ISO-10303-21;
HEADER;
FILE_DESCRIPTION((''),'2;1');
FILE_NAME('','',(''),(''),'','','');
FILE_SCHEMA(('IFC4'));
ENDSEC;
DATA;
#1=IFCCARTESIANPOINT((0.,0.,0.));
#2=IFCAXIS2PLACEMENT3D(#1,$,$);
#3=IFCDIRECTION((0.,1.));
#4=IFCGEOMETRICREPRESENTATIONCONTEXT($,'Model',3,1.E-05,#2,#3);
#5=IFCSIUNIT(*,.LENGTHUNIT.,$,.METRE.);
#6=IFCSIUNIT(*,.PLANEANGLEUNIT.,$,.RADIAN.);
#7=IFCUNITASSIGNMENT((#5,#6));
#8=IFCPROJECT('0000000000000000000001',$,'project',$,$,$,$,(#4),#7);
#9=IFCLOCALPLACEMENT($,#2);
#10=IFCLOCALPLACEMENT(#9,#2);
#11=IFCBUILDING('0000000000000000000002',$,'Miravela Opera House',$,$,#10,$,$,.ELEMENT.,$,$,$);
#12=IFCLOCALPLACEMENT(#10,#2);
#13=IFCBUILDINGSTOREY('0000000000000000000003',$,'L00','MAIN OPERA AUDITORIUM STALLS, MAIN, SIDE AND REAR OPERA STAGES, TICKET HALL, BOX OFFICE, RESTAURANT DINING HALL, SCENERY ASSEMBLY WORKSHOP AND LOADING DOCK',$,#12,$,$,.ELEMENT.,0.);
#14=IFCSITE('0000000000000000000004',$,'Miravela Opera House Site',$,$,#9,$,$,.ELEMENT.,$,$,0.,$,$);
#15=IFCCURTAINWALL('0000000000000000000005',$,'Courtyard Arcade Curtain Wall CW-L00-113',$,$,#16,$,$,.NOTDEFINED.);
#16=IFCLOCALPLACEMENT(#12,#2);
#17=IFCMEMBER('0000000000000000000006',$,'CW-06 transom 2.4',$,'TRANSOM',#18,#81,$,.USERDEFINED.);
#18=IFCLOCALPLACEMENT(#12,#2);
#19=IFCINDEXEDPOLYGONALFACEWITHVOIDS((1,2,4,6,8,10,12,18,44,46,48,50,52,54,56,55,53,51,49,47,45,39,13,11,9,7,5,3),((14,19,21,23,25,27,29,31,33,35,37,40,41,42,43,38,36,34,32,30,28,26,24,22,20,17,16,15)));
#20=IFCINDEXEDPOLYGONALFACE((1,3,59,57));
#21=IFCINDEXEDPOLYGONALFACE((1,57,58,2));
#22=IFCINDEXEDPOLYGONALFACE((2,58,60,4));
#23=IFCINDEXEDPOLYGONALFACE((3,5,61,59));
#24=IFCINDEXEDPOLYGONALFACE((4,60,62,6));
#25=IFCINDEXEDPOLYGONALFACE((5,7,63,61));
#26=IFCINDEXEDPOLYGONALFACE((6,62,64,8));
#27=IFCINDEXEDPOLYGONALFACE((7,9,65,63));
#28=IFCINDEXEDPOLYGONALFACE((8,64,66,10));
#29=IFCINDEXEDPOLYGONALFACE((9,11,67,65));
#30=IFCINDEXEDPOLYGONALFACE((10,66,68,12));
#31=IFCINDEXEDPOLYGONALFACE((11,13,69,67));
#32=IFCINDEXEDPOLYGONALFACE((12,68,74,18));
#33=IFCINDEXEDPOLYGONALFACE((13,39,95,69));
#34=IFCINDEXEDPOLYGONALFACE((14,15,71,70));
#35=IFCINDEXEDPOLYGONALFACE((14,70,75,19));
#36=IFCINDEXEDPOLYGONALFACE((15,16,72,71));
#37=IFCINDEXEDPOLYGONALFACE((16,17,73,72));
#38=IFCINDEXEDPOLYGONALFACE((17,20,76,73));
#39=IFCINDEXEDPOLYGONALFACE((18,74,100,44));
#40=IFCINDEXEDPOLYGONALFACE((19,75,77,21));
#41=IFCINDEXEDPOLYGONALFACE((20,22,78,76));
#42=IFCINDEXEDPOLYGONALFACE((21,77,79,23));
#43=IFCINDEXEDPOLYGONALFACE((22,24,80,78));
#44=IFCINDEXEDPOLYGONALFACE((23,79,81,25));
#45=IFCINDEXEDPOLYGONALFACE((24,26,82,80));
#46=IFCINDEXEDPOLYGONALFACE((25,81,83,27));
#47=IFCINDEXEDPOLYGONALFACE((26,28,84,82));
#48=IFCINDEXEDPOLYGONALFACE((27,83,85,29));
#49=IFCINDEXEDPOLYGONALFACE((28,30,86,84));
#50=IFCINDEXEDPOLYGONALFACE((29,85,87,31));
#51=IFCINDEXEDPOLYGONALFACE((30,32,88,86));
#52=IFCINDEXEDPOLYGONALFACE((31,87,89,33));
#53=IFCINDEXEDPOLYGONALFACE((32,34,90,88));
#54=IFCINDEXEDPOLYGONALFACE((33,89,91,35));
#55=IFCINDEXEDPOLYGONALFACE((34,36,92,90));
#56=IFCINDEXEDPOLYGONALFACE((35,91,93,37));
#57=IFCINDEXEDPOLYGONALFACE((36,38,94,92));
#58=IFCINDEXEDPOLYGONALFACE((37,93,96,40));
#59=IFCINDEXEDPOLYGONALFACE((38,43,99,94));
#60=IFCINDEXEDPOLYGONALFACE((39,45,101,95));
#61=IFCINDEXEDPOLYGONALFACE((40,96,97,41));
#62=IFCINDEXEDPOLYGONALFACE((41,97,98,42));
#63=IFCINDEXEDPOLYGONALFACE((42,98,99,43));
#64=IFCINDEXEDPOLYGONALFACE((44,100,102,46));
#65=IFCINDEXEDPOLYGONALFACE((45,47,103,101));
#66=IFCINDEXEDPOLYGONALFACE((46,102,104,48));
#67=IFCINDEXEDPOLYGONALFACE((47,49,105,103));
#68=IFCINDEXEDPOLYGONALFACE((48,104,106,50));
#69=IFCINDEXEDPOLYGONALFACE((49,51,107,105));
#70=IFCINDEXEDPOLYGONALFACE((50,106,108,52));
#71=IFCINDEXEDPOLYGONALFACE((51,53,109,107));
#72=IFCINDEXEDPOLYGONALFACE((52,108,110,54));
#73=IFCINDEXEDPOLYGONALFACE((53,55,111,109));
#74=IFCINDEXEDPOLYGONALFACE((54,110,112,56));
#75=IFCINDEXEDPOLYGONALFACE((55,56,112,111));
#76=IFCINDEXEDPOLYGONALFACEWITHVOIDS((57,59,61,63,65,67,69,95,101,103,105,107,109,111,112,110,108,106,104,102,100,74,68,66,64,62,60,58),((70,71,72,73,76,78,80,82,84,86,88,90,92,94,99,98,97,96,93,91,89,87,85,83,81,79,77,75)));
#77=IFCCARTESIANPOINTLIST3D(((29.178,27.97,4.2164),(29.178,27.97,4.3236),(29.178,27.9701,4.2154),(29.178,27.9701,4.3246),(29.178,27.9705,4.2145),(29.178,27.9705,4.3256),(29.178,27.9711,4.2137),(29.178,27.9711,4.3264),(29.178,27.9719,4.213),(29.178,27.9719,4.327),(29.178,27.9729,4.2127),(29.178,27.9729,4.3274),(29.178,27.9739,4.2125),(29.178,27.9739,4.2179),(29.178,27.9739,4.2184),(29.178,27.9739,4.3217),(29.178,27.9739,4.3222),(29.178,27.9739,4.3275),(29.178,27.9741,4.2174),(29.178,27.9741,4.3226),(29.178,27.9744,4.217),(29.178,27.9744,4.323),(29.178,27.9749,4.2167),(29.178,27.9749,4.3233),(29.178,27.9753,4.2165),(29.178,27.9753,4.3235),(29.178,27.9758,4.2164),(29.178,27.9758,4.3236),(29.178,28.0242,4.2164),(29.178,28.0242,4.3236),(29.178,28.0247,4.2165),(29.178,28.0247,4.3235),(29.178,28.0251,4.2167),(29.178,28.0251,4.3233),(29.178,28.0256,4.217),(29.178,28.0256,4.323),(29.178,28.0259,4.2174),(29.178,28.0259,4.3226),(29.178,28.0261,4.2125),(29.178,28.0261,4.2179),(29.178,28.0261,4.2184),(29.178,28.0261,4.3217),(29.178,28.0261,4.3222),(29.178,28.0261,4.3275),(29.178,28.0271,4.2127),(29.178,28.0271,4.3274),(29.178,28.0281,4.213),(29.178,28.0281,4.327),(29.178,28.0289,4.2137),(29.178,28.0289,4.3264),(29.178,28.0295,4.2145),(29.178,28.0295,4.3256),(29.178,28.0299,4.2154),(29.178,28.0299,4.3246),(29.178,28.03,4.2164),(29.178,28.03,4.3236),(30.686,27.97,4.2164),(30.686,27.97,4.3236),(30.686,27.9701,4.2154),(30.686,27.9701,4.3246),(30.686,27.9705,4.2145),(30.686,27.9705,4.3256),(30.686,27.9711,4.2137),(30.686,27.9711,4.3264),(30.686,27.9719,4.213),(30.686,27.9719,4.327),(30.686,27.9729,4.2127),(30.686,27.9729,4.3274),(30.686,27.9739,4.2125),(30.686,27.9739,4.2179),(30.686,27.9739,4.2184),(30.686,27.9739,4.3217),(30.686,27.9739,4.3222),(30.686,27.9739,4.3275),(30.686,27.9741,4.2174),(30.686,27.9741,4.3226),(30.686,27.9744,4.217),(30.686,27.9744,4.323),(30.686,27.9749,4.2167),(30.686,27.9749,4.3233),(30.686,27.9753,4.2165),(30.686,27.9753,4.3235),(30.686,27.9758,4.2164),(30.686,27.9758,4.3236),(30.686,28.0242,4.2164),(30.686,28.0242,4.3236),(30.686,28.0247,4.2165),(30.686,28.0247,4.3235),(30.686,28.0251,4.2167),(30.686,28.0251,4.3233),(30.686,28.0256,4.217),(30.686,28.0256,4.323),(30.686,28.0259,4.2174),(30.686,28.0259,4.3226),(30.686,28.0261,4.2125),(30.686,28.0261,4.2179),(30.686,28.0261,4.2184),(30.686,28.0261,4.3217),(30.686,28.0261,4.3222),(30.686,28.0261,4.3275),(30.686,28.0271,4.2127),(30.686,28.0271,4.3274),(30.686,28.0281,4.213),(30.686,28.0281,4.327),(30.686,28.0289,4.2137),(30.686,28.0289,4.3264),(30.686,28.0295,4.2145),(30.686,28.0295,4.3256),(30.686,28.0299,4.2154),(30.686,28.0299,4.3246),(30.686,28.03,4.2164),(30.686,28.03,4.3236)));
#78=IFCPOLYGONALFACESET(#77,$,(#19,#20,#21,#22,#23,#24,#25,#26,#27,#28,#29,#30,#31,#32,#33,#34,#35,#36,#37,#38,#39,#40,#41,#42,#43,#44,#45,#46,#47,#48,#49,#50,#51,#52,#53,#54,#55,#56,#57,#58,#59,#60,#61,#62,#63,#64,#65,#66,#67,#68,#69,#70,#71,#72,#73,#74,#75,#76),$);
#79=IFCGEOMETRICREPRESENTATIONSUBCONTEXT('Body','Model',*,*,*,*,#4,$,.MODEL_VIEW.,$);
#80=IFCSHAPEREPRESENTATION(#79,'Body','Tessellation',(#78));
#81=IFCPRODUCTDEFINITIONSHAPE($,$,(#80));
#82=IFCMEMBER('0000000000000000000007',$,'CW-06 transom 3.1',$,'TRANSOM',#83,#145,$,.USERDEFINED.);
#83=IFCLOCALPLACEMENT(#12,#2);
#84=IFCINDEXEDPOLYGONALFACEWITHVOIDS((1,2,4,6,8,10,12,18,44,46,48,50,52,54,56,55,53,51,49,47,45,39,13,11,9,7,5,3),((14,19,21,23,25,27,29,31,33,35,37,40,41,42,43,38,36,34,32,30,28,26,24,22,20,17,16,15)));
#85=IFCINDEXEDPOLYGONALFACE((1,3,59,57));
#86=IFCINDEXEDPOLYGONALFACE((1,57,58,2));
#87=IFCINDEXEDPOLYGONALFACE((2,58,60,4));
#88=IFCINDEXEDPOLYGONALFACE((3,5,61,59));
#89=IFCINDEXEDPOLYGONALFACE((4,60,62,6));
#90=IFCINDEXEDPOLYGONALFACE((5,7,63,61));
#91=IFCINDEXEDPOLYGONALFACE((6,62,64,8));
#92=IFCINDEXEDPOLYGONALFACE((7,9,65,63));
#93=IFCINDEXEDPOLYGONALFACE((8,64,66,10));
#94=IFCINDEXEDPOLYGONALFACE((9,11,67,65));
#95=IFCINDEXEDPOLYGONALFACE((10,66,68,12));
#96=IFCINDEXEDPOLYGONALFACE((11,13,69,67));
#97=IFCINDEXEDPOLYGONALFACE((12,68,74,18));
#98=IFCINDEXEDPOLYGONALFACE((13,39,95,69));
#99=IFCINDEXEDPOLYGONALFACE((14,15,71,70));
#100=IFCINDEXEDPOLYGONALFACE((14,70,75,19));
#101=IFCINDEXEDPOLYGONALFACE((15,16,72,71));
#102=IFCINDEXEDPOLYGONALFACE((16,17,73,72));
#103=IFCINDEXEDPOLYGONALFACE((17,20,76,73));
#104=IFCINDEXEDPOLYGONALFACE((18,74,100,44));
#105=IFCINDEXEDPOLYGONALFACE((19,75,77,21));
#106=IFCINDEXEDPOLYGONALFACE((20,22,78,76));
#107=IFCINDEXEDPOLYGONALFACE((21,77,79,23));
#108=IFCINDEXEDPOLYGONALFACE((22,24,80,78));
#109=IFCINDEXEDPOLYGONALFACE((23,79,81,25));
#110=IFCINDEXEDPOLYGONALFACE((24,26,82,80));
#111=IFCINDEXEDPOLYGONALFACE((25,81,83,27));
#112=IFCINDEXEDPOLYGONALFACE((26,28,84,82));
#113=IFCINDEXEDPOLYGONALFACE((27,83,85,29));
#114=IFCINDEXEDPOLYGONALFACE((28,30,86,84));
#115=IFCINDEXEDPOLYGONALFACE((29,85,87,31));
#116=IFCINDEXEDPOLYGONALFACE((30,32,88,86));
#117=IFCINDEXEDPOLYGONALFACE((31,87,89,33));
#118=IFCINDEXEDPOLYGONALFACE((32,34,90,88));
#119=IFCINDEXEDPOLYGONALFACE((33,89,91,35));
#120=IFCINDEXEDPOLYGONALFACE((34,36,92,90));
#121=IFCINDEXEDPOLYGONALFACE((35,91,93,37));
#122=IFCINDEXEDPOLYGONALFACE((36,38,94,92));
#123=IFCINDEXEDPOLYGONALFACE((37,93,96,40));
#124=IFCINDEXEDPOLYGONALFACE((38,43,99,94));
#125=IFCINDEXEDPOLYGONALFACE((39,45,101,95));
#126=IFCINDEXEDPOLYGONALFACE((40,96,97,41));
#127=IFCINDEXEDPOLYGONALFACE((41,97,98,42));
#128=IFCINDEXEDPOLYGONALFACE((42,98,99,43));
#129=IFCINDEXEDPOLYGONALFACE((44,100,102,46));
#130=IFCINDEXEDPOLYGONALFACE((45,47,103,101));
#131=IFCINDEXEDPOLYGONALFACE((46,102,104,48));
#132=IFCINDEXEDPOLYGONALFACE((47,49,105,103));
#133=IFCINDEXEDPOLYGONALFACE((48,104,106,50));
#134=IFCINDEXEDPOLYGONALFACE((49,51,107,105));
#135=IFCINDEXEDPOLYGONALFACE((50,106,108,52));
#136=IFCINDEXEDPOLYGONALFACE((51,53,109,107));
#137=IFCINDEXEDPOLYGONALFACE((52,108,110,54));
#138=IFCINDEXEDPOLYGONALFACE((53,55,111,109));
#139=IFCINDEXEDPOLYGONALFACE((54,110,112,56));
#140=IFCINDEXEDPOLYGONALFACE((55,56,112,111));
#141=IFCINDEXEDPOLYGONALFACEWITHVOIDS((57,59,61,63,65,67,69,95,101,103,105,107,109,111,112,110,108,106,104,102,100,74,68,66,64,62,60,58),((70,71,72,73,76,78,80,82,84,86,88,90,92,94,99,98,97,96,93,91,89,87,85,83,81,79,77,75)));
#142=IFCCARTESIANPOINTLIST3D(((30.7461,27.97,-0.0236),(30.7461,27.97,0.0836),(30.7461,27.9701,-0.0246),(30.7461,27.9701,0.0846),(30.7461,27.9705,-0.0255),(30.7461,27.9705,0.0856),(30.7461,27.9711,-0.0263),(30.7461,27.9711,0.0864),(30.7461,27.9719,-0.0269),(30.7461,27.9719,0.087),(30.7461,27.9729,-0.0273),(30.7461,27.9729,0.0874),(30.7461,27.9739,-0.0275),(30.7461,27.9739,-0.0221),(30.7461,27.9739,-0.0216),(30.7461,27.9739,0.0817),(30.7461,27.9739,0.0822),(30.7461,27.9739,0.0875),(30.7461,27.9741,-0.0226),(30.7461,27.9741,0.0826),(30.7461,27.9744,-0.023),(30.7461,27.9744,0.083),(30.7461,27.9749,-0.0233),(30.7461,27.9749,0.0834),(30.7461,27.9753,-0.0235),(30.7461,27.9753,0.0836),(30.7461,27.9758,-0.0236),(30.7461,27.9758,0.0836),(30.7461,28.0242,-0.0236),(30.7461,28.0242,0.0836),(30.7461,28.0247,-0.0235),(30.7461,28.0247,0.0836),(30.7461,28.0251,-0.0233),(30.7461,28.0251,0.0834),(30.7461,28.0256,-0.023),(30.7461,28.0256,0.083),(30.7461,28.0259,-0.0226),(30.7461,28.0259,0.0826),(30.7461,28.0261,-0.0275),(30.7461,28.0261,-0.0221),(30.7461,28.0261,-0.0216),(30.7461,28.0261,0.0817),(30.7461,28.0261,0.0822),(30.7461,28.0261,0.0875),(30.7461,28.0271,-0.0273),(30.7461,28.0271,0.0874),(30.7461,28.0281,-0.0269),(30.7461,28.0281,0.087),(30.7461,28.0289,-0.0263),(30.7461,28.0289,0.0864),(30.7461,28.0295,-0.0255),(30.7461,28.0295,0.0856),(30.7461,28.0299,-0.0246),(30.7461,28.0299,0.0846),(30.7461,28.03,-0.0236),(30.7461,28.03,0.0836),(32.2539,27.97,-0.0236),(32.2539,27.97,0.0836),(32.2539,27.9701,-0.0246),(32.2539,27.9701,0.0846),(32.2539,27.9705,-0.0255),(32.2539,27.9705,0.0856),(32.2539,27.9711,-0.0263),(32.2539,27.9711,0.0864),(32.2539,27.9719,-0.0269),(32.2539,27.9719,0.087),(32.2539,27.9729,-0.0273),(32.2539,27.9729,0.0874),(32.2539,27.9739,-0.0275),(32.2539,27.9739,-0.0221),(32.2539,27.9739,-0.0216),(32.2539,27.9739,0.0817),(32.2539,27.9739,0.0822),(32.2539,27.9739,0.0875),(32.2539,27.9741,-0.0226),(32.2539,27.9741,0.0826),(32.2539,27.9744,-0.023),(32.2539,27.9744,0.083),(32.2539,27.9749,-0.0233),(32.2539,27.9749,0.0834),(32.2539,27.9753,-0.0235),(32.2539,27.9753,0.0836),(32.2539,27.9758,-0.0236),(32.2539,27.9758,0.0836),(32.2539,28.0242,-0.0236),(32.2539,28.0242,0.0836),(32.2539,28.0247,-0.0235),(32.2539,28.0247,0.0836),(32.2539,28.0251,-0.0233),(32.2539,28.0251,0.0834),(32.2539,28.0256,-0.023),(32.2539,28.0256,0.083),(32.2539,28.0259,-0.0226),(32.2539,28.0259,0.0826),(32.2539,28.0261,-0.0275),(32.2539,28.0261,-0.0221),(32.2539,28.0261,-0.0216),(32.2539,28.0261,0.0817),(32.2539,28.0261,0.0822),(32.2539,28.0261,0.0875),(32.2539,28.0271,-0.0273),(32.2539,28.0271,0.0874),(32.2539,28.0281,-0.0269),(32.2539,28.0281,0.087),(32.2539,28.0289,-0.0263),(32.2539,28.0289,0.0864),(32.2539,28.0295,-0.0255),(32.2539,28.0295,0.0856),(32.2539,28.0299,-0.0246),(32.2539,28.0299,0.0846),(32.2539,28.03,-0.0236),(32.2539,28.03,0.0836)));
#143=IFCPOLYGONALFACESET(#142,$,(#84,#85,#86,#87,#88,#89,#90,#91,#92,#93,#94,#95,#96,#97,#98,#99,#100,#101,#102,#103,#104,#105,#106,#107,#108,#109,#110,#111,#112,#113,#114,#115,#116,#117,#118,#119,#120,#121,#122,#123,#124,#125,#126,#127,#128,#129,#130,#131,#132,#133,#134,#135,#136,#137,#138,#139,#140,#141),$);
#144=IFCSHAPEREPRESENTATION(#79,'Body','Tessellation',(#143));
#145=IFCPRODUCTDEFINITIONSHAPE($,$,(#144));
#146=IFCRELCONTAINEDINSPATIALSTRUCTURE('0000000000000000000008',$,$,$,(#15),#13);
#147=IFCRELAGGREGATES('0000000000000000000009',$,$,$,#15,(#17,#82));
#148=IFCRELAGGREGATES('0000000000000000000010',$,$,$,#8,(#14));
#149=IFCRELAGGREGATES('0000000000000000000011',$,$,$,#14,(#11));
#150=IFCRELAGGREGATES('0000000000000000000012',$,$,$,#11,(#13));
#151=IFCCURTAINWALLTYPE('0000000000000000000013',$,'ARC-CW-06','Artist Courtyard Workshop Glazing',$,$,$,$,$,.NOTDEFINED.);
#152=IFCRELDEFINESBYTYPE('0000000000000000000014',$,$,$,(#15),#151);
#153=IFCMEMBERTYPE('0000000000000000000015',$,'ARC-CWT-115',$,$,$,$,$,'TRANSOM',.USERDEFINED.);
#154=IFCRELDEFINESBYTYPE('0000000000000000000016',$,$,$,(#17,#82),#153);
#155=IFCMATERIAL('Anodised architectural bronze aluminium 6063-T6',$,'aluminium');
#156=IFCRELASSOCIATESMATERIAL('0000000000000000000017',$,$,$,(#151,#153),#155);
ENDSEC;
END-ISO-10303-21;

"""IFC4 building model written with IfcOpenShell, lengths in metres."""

from ifc_helpers import new_model, si_unit, direction, frame, origin, origin_2d, place, context, subcontext, project, spatial, hollow_rectangle, extrude, material, material_profile, profile_set, type_object, element, aggregate, save


model = new_model("IFC4")

# Units and contexts
model_context = context("Model", 3, precision=1e-05, world=origin(), true_north=direction((0.0, 1.0)))
body_context = subcontext(model_context, "Body", "Model", "MODEL_VIEW")
ifc_project = project(units=[si_unit("LENGTHUNIT", "METRE"), si_unit("PLANEANGLEUNIT", "RADIAN")], contexts=[model_context])

# Site, building, storey
site_placement = place(None, origin())
site = spatial("IfcSite", under=ifc_project, at=site_placement, Name="Miravela Opera House Site", CompositionType="ELEMENT", RefElevation=0.0)
building_placement = place(site_placement, origin())
building = spatial("IfcBuilding", under=site, at=building_placement, Name="Miravela Opera House", CompositionType="ELEMENT")
storey_placement = place(building_placement, origin())
storey = spatial("IfcBuildingStorey", under=building, at=storey_placement, Name="L00", Description="MAIN OPERA AUDITORIUM STALLS, MAIN, SIDE AND REAR OPERA STAGES, TICKET HALL, BOX OFFICE, RESTAURANT DINING HALL, SCENERY ASSEMBLY WORKSHOP AND LOADING DOCK", CompositionType="ELEMENT", Elevation=0.0)

# Curtain wall, members
ifc_material_1 = material(Name="Anodised architectural bronze aluminium 6063-T6", Category="aluminium")
curtain_wall_type = type_object("IfcCurtainWallType", Name="ARC-CW-06", Description="Artist Courtyard Workshop Glazing", PredefinedType="NOTDEFINED", material=ifc_material_1)
curtain_wall_placement = place(storey_placement, origin())
curtain_wall = element("IfcCurtainWall", 1, at=curtain_wall_placement, inside=storey, type_object=curtain_wall_type, Name="Courtyard Arcade Curtain Wall CW-L00-113", PredefinedType="NOTDEFINED")
ifc_material_profile_1 = material_profile(ifc_material_1, hollow_rectangle(XDim=0.0601, YDim=0.115, WallThickness=0.0039, InnerFilletRadius=0.002, OuterFilletRadius=0.0039, at=origin_2d()), Name="CWT-60X115")
ifc_profile_set_1 = profile_set([ifc_material_profile_1])
member_type_1 = type_object("IfcMemberType", Name="ARC-CWT-115", ElementType="TRANSOM", PredefinedType="USERDEFINED", material=ifc_profile_set_1)
member_1_placement = place(storey_placement, frame((29.178, 28.0, 4.27), z_axis=(1.0, 0.0, 0.0), x_axis=(0.0, 1.0, 0.0)))
member_1 = element("IfcMember", 2, at=member_1_placement, type_object=member_type_1, Name="CW-06 transom 2.4", ObjectType="TRANSOM", PredefinedType="USERDEFINED", context=body_context, shape_type="SweptSolid", body=[
    extrude(hollow_rectangle(XDim=0.0601, YDim=0.115, WallThickness=0.0039, InnerFilletRadius=0.002, OuterFilletRadius=0.0039, at=origin_2d()), origin(), (0.0, 0.0, 1.0), 1.5081),
])
member_2_placement = place(storey_placement, frame((30.7461, 28.0, 0.03), z_axis=(1.0, 0.0, 0.0), x_axis=(0.0, 1.0, 0.0)))
member_2 = element("IfcMember", 3, at=member_2_placement, type_object=member_type_1, Name="CW-06 transom 3.1", ObjectType="TRANSOM", PredefinedType="USERDEFINED", context=body_context, shape_type="SweptSolid", body=[
    extrude(hollow_rectangle(XDim=0.0601, YDim=0.115, WallThickness=0.0039, InnerFilletRadius=0.002, OuterFilletRadius=0.0039, at=origin_2d()), origin(), (0.0, 0.0, 1.0), 1.5078),
])
aggregate(curtain_wall, [member_1, member_2])

save(model, "model.ifc")
